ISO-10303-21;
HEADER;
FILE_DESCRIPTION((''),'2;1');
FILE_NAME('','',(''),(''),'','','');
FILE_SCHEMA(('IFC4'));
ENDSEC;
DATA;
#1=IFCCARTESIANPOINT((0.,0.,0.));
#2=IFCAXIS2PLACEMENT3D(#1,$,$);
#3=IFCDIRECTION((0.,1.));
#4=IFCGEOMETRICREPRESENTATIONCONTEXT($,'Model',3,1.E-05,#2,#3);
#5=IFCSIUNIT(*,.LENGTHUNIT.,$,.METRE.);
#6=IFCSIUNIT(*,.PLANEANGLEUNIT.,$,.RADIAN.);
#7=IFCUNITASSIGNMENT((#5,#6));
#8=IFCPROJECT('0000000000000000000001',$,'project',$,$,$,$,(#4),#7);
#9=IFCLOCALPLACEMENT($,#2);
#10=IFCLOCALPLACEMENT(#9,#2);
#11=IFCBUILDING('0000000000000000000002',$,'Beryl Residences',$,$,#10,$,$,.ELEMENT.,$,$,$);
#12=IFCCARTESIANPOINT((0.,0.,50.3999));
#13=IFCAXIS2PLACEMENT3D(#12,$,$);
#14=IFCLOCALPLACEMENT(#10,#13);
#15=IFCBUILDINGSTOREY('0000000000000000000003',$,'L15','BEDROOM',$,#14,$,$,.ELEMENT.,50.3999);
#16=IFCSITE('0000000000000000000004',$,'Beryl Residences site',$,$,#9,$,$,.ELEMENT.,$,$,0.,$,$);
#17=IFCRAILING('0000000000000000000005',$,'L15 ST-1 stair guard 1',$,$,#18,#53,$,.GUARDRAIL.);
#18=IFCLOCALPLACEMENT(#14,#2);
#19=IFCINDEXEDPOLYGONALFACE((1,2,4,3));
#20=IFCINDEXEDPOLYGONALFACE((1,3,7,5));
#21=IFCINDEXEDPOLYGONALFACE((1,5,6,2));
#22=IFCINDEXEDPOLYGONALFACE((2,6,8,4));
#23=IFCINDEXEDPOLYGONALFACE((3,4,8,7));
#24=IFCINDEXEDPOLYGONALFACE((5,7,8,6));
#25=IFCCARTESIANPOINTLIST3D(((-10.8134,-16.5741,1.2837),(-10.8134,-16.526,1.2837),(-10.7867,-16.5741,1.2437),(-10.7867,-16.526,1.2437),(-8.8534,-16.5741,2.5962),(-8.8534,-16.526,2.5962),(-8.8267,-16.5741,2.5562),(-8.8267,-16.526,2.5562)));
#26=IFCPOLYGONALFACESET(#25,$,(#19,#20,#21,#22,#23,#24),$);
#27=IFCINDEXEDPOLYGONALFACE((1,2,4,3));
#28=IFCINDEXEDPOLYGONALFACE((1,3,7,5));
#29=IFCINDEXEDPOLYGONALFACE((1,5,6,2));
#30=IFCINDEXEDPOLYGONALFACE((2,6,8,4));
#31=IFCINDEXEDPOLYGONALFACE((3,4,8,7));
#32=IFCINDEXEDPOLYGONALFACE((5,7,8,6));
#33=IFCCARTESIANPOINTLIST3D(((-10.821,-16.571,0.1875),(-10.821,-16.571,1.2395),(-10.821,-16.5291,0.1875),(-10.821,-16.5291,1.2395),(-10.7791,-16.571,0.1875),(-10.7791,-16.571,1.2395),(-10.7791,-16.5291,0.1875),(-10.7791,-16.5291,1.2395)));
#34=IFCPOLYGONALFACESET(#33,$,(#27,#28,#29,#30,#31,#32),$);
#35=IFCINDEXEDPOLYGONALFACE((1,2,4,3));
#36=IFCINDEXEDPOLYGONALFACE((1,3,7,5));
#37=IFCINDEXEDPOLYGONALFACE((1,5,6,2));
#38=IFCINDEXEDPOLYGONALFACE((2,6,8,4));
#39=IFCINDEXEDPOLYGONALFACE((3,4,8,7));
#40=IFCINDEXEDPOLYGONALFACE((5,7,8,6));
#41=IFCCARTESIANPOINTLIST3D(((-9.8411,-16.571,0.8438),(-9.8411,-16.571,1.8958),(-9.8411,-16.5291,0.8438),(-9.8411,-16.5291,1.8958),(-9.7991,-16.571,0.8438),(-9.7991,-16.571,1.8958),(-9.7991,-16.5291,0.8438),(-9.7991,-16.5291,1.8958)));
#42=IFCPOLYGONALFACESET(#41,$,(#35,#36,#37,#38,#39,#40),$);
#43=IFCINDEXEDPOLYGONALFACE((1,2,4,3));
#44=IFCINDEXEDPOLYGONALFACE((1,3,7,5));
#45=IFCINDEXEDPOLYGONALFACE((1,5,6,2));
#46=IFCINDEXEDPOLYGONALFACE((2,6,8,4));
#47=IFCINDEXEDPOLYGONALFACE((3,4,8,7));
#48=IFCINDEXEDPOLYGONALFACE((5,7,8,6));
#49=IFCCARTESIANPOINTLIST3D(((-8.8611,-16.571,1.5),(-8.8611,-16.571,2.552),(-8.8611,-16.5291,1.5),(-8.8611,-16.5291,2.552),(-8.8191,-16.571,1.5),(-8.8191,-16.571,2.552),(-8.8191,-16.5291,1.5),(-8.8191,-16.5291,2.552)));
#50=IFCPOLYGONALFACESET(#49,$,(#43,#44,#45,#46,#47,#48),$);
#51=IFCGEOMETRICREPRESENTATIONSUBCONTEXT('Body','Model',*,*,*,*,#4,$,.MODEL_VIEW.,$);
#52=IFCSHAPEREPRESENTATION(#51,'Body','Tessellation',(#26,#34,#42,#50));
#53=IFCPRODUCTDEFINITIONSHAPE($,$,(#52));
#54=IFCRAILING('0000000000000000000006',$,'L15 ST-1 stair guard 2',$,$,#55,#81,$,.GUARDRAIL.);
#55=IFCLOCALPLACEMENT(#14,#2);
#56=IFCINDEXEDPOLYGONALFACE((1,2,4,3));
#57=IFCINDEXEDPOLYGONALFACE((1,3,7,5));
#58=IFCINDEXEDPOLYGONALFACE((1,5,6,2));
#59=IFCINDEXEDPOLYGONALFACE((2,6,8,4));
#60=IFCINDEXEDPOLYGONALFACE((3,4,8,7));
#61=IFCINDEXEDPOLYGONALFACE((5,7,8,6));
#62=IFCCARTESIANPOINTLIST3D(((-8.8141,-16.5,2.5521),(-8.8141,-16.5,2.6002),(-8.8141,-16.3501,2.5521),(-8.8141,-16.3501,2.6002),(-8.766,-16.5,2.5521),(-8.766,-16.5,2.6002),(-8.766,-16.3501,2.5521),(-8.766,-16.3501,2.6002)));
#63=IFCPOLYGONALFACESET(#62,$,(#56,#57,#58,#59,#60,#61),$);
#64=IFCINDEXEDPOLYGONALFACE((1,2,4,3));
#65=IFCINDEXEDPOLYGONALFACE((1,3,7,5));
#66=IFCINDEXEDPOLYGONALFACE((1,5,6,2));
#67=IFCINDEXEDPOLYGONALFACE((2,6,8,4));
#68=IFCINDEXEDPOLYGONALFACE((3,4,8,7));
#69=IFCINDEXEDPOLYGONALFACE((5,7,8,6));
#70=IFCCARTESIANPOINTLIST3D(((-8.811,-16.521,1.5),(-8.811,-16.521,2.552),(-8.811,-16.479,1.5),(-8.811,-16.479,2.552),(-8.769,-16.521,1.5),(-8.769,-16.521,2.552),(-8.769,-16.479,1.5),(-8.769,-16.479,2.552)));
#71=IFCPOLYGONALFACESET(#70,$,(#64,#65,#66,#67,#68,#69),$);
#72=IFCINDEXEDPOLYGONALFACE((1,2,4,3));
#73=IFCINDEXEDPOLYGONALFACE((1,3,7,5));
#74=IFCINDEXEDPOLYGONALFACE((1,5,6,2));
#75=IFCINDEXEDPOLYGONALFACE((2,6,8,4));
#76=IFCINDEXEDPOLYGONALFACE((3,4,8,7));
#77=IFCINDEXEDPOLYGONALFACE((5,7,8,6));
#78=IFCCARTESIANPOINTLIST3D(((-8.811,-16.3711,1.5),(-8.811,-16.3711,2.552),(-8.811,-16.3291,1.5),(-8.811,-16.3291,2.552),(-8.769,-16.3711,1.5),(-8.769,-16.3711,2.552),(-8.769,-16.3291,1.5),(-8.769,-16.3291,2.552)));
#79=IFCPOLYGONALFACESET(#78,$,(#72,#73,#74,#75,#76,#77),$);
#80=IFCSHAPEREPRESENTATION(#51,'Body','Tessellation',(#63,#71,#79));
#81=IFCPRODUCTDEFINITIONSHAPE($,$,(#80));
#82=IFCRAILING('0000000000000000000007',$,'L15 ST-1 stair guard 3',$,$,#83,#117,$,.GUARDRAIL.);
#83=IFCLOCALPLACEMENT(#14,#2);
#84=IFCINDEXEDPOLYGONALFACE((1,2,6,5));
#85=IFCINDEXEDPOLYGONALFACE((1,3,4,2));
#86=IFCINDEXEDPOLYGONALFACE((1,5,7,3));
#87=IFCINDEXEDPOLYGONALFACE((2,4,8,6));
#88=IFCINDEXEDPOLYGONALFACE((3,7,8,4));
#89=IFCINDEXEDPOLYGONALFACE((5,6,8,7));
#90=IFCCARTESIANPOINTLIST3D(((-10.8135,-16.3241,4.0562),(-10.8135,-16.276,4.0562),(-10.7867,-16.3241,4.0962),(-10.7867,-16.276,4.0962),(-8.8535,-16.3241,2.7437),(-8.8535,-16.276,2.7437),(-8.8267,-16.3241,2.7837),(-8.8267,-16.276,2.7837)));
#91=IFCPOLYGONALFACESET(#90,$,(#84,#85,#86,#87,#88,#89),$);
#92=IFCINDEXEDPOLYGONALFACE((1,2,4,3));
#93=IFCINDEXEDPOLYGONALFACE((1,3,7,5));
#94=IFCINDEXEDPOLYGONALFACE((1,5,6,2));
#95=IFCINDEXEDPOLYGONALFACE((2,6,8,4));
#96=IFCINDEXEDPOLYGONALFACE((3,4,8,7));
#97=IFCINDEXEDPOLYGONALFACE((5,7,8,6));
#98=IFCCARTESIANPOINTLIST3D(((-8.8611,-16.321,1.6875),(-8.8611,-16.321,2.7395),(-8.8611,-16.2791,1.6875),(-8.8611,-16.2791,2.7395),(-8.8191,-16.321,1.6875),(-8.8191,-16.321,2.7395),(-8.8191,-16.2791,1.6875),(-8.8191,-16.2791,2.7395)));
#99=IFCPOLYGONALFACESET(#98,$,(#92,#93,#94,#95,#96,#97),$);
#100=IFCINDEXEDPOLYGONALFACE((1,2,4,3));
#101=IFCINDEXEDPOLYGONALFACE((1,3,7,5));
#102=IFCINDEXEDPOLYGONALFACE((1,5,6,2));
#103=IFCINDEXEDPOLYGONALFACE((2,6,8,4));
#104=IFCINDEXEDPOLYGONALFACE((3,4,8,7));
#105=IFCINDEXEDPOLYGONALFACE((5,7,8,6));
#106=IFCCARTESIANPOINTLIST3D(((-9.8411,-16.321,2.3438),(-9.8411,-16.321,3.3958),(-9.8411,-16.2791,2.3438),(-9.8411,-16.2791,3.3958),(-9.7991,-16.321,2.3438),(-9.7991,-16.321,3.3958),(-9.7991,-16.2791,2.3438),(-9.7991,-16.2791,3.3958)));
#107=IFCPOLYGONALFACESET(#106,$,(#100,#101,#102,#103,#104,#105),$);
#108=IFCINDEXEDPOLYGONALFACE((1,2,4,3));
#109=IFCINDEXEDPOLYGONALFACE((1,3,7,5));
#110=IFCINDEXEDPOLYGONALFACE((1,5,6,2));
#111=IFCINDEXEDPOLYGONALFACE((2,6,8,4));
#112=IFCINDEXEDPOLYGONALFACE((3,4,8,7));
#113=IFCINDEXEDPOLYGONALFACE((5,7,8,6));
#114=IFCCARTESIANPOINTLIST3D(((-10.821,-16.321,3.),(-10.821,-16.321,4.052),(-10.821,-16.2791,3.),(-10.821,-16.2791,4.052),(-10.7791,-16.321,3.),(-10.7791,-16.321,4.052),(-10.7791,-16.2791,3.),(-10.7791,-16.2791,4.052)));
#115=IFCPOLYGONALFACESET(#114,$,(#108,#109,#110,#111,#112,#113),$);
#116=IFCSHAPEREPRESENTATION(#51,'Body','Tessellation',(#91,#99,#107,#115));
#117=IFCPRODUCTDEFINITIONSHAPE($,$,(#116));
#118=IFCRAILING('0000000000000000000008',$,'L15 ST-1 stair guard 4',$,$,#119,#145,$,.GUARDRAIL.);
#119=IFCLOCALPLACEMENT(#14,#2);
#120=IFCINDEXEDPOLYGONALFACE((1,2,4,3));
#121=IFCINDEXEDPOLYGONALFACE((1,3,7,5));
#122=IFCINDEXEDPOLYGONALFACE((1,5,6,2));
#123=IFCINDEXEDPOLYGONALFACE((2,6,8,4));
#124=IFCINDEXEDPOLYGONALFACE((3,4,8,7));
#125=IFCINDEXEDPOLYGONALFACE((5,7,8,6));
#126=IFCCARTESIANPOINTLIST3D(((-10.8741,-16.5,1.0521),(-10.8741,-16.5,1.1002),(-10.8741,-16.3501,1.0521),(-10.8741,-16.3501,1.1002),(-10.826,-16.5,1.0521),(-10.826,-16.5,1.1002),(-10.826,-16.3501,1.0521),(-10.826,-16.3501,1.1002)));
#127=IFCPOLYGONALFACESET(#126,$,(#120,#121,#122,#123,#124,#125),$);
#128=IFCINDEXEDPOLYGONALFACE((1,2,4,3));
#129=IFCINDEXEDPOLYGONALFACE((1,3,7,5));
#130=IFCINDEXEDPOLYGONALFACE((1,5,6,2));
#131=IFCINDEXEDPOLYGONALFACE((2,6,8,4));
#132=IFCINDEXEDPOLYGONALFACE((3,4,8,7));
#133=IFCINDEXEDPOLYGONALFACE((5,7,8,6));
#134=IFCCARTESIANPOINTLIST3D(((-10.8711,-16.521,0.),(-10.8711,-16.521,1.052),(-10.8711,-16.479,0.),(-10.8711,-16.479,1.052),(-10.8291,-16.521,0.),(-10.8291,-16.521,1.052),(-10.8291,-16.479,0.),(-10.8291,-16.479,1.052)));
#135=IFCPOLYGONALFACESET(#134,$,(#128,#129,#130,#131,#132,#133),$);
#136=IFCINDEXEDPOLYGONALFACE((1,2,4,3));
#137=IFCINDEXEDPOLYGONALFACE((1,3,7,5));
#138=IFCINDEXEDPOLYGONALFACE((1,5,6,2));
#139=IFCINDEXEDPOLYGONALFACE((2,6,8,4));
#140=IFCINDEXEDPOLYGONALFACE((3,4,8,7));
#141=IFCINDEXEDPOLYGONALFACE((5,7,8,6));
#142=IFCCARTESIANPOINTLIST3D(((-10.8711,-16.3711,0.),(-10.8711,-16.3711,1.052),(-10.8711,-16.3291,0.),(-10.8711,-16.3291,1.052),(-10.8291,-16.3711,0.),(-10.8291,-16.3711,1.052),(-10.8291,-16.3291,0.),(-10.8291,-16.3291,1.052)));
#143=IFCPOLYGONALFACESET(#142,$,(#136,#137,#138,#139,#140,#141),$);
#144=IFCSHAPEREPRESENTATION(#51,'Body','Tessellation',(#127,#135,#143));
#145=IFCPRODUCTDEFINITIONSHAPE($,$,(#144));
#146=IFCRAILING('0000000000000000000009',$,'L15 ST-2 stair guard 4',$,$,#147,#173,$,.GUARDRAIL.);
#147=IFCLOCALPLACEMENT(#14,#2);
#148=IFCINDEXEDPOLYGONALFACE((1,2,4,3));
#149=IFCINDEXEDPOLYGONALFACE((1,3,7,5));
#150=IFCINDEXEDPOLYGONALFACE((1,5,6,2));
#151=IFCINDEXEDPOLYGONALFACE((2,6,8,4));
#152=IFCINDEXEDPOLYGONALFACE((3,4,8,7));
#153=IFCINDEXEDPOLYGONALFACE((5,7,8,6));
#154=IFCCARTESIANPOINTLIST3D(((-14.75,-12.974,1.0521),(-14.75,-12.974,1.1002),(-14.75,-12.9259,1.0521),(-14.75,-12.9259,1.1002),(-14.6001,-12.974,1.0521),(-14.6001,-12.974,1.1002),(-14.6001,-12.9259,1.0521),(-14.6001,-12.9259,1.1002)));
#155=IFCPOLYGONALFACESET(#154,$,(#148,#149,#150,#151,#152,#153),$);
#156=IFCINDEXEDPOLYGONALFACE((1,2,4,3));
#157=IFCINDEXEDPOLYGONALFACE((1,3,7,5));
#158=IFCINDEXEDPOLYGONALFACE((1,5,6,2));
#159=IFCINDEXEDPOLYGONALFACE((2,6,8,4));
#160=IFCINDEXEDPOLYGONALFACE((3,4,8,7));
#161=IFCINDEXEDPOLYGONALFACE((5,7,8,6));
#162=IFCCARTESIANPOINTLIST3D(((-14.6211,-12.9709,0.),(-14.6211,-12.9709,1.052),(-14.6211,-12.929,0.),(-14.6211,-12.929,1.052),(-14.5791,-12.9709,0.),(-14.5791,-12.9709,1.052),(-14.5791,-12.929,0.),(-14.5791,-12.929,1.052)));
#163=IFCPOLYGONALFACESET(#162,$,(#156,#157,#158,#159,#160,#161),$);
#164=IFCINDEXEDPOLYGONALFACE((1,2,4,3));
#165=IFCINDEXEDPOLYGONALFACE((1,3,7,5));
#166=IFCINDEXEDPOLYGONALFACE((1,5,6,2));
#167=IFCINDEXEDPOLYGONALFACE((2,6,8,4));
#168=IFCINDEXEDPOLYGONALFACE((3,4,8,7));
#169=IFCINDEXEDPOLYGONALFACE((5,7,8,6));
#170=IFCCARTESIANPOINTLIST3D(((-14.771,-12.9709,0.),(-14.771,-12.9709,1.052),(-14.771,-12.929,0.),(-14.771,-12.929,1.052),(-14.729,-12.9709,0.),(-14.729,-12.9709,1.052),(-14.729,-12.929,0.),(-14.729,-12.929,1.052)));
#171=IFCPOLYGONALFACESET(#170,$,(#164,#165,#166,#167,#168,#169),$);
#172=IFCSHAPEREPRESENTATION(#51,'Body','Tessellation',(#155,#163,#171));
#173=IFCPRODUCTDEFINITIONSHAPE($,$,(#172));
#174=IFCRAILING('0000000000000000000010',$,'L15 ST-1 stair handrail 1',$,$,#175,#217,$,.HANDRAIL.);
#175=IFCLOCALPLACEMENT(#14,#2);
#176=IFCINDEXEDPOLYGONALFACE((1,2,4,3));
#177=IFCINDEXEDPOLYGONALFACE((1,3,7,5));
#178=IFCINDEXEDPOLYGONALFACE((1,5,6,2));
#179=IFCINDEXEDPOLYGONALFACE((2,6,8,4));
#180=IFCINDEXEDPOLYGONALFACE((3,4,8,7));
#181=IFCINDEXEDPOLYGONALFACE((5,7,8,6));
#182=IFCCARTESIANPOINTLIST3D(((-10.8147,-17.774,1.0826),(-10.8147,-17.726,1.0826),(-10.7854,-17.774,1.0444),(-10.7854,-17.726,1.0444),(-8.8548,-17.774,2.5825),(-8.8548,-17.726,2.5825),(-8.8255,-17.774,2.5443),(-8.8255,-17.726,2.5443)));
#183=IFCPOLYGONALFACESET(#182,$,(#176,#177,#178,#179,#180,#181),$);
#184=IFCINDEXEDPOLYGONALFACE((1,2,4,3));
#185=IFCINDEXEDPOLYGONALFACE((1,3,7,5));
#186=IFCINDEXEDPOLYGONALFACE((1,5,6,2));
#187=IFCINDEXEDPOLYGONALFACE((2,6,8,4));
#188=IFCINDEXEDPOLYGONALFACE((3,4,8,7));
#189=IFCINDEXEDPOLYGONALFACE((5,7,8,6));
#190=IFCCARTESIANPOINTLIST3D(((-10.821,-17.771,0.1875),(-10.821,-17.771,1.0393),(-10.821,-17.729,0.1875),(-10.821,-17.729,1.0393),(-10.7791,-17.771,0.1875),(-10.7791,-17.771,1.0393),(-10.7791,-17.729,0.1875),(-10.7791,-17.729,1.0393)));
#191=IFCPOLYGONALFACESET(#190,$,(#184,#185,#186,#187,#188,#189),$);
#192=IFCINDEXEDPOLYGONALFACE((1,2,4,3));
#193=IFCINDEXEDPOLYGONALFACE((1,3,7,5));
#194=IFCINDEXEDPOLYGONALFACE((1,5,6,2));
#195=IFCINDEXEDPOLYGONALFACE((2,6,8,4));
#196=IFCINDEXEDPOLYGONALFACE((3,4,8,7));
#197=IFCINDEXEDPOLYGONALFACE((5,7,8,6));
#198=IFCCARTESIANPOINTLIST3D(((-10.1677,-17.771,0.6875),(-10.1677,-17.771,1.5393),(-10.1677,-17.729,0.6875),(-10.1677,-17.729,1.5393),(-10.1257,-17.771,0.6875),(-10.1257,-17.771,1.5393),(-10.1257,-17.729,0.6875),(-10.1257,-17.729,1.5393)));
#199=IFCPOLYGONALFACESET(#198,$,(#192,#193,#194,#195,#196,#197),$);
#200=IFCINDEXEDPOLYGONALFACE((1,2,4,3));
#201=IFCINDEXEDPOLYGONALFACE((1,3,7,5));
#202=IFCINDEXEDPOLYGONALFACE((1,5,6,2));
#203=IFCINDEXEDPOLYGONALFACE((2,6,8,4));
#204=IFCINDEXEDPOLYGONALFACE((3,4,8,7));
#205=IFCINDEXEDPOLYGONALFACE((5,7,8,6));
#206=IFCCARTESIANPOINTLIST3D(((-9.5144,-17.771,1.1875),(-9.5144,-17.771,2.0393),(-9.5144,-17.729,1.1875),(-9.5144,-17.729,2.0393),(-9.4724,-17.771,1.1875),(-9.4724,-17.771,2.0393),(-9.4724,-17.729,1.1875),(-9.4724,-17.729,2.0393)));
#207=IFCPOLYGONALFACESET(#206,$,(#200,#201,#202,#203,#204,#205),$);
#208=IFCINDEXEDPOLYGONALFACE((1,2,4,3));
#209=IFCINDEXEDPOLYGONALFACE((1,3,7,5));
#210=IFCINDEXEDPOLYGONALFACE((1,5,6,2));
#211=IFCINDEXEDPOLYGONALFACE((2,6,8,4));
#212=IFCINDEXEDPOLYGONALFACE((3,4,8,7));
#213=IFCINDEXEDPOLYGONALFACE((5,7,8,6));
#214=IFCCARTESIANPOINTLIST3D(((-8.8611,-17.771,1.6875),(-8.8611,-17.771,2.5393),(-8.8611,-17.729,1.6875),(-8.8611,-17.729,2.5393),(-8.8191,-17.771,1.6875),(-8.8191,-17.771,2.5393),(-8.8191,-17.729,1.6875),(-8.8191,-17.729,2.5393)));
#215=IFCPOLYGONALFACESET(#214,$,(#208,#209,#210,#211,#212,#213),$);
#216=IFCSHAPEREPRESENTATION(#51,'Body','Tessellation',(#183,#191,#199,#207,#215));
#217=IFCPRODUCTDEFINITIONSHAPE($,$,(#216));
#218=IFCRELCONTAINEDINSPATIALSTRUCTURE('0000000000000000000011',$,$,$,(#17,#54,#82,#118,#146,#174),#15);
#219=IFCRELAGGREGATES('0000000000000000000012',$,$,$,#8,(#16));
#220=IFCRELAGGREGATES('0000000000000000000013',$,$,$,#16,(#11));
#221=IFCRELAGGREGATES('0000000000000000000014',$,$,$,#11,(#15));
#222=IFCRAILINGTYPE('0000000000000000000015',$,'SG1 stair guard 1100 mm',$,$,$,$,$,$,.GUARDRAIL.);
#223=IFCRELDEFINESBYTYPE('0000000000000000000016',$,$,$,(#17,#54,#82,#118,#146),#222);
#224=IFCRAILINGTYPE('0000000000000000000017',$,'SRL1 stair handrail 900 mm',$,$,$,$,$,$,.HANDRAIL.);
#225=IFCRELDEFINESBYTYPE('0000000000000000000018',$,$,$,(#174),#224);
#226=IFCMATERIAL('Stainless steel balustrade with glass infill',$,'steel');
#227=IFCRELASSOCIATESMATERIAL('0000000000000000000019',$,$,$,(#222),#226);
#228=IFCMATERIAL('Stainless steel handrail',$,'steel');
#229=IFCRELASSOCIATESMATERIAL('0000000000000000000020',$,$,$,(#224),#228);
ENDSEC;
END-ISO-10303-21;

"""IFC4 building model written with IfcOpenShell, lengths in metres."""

from ifc_helpers import new_model, si_unit, direction, frame, origin, origin_2d, place, context, subcontext, project, spatial, rectangle, extrude, material, type_object, element, save


model = new_model("IFC4")

# Units and contexts
model_context = context("Model", 3, precision=1e-05, world=origin(), true_north=direction((0.0, 1.0)))
body_context = subcontext(model_context, "Body", "Model", "MODEL_VIEW")
ifc_project = project(units=[si_unit("LENGTHUNIT", "METRE"), si_unit("PLANEANGLEUNIT", "RADIAN")], contexts=[model_context])

# Site, building, storey
site_placement = place(None, origin())
site = spatial("IfcSite", under=ifc_project, at=site_placement, Name="Beryl Residences site", CompositionType="ELEMENT", RefElevation=0.0)
building_placement = place(site_placement, origin())
building = spatial("IfcBuilding", under=site, at=building_placement, Name="Beryl Residences", CompositionType="ELEMENT")
storey_placement = place(building_placement, frame((0.0, 0.0, 50.3999)))
storey = spatial("IfcBuildingStorey", under=building, at=storey_placement, Name="L15", Description="BEDROOM", CompositionType="ELEMENT", Elevation=50.3999)

# Railings
ifc_material_1 = material(Name="Stainless steel balustrade with glass infill", Category="steel")
railing_type_1 = type_object("IfcRailingType", Name="SG1 stair guard 1100 mm", PredefinedType="GUARDRAIL", material=ifc_material_1)
railing_1_placement = place(storey_placement, frame((-10.8, -16.55, 0.1875)))
element("IfcRailing", 1, at=railing_1_placement, inside=storey, type_object=railing_type_1, Name="L15 ST-1 stair guard 1", PredefinedType="GUARDRAIL", context=body_context, shape_type="SweptSolid", body=[
    extrude(rectangle(XDim=0.0481, YDim=0.0481, at=origin_2d()), frame((0.0, 0.0, 1.0762), z_axis=(0.830902, 0.0, 0.556419), x_axis=(0.0, 1.0, 0.0)), (0.0, 0.0, 1.0), 2.3589),
    extrude(rectangle(XDim=0.042, YDim=0.042, at=origin_2d()), origin(), (0.0, 0.0, 1.0), 1.052),
    extrude(rectangle(XDim=0.042, YDim=0.042, at=origin_2d()), frame((0.98, 0.0, 0.6562)), (0.0, 0.0, 1.0), 1.052),
    extrude(rectangle(XDim=0.042, YDim=0.042, at=origin_2d()), frame((1.96, 0.0, 1.3125)), (0.0, 0.0, 1.0), 1.052),
])
railing_2_placement = place(storey_placement, frame((-8.79, -16.5, 1.5)))
element("IfcRailing", 2, at=railing_2_placement, inside=storey, type_object=railing_type_1, Name="L15 ST-1 stair guard 2", PredefinedType="GUARDRAIL", context=body_context, shape_type="SweptSolid", body=[
    extrude(rectangle(XDim=0.0481, YDim=0.0481, at=origin_2d()), frame((0.0, 0.0, 1.0762), z_axis=(0.0, 1.0, 0.0), x_axis=(-1.0, 0.0, 0.0)), (0.0, 0.0, 1.0), 0.1499),
    extrude(rectangle(XDim=0.042, YDim=0.042, at=origin_2d()), origin(), (0.0, 0.0, 1.0), 1.052),
    extrude(rectangle(XDim=0.042, YDim=0.042, at=origin_2d()), frame((0.0, 0.1499, 0.0)), (0.0, 0.0, 1.0), 1.052),
])
railing_3_placement = place(storey_placement, frame((-8.8401, -16.3, 1.6875)))
element("IfcRailing", 3, at=railing_3_placement, inside=storey, type_object=railing_type_1, Name="L15 ST-1 stair guard 3", PredefinedType="GUARDRAIL", context=body_context, shape_type="SweptSolid", body=[
    extrude(rectangle(XDim=0.0481, YDim=0.0481, at=origin_2d()), frame((0.0, 0.0, 1.0762), z_axis=(-0.830902, 0.0, 0.556419), x_axis=(0.0, -1.0, 0.0)), (0.0, 0.0, 1.0), 2.3589),
    extrude(rectangle(XDim=0.042, YDim=0.042, at=origin_2d()), origin(), (0.0, 0.0, 1.0), 1.052),
    extrude(rectangle(XDim=0.042, YDim=0.042, at=origin_2d()), frame((-0.98, 0.0, 0.6562)), (0.0, 0.0, 1.0), 1.052),
    extrude(rectangle(XDim=0.042, YDim=0.042, at=origin_2d()), frame((-1.96, 0.0, 1.3125)), (0.0, 0.0, 1.0), 1.052),
])
railing_4_placement = place(storey_placement, frame((-10.8501, -16.5, 0.0)))
element("IfcRailing", 4, at=railing_4_placement, inside=storey, type_object=railing_type_1, Name="L15 ST-1 stair guard 4", PredefinedType="GUARDRAIL", context=body_context, shape_type="SweptSolid", body=[
    extrude(rectangle(XDim=0.0481, YDim=0.0481, at=origin_2d()), frame((0.0, 0.0, 1.0762), z_axis=(0.0, 1.0, 0.0), x_axis=(-1.0, 0.0, 0.0)), (0.0, 0.0, 1.0), 0.1499),
    extrude(rectangle(XDim=0.042, YDim=0.042, at=origin_2d()), origin(), (0.0, 0.0, 1.0), 1.052),
    extrude(rectangle(XDim=0.042, YDim=0.042, at=origin_2d()), frame((0.0, 0.1499, 0.0)), (0.0, 0.0, 1.0), 1.052),
])
railing_5_placement = place(storey_placement, frame((-14.6001, -12.95, 0.0)))
element("IfcRailing", 5, at=railing_5_placement, inside=storey, type_object=railing_type_1, Name="L15 ST-2 stair guard 4", PredefinedType="GUARDRAIL", context=body_context, shape_type="SweptSolid", body=[
    extrude(rectangle(XDim=0.0481, YDim=0.0481, at=origin_2d()), frame((0.0, 0.0, 1.0762), z_axis=(-1.0, 0.0, 0.0), x_axis=(0.0, -1.0, 0.0)), (0.0, 0.0, 1.0), 0.1499),
    extrude(rectangle(XDim=0.042, YDim=0.042, at=origin_2d()), origin(), (0.0, 0.0, 1.0), 1.052),
    extrude(rectangle(XDim=0.042, YDim=0.042, at=origin_2d()), frame((-0.1499, 0.0, 0.0)), (0.0, 0.0, 1.0), 1.052),
])
ifc_material_2 = material(Name="Stainless steel handrail", Category="steel")
railing_type_2 = type_object("IfcRailingType", Name="SRL1 stair handrail 900 mm", PredefinedType="HANDRAIL", material=ifc_material_2)
railing_6_placement = place(storey_placement, frame((-10.8, -17.75, 0.1875)))
element("IfcRailing", 6, at=railing_6_placement, inside=storey, type_object=railing_type_2, Name="L15 ST-1 stair handrail 1", PredefinedType="HANDRAIL", context=body_context, shape_type="SweptSolid", body=[
    extrude(rectangle(XDim=0.0481, YDim=0.0481, at=origin_2d()), frame((0.0, 0.0, 0.876), z_axis=(0.794122, 0.0, 0.607758), x_axis=(0.0, 1.0, 0.0)), (0.0, 0.0, 1.0), 2.468),
    extrude(rectangle(XDim=0.042, YDim=0.042, at=origin_2d()), origin(), (0.0, 0.0, 1.0), 0.8518),
    extrude(rectangle(XDim=0.042, YDim=0.042, at=origin_2d()), frame((0.6533, 0.0, 0.5)), (0.0, 0.0, 1.0), 0.8518),
    extrude(rectangle(XDim=0.042, YDim=0.042, at=origin_2d()), frame((1.3066, 0.0, 1.0)), (0.0, 0.0, 1.0), 0.8518),
    extrude(rectangle(XDim=0.042, YDim=0.042, at=origin_2d()), frame((1.96, 0.0, 1.5)), (0.0, 0.0, 1.0), 0.8518),
])

save(model, "model.ifc")
